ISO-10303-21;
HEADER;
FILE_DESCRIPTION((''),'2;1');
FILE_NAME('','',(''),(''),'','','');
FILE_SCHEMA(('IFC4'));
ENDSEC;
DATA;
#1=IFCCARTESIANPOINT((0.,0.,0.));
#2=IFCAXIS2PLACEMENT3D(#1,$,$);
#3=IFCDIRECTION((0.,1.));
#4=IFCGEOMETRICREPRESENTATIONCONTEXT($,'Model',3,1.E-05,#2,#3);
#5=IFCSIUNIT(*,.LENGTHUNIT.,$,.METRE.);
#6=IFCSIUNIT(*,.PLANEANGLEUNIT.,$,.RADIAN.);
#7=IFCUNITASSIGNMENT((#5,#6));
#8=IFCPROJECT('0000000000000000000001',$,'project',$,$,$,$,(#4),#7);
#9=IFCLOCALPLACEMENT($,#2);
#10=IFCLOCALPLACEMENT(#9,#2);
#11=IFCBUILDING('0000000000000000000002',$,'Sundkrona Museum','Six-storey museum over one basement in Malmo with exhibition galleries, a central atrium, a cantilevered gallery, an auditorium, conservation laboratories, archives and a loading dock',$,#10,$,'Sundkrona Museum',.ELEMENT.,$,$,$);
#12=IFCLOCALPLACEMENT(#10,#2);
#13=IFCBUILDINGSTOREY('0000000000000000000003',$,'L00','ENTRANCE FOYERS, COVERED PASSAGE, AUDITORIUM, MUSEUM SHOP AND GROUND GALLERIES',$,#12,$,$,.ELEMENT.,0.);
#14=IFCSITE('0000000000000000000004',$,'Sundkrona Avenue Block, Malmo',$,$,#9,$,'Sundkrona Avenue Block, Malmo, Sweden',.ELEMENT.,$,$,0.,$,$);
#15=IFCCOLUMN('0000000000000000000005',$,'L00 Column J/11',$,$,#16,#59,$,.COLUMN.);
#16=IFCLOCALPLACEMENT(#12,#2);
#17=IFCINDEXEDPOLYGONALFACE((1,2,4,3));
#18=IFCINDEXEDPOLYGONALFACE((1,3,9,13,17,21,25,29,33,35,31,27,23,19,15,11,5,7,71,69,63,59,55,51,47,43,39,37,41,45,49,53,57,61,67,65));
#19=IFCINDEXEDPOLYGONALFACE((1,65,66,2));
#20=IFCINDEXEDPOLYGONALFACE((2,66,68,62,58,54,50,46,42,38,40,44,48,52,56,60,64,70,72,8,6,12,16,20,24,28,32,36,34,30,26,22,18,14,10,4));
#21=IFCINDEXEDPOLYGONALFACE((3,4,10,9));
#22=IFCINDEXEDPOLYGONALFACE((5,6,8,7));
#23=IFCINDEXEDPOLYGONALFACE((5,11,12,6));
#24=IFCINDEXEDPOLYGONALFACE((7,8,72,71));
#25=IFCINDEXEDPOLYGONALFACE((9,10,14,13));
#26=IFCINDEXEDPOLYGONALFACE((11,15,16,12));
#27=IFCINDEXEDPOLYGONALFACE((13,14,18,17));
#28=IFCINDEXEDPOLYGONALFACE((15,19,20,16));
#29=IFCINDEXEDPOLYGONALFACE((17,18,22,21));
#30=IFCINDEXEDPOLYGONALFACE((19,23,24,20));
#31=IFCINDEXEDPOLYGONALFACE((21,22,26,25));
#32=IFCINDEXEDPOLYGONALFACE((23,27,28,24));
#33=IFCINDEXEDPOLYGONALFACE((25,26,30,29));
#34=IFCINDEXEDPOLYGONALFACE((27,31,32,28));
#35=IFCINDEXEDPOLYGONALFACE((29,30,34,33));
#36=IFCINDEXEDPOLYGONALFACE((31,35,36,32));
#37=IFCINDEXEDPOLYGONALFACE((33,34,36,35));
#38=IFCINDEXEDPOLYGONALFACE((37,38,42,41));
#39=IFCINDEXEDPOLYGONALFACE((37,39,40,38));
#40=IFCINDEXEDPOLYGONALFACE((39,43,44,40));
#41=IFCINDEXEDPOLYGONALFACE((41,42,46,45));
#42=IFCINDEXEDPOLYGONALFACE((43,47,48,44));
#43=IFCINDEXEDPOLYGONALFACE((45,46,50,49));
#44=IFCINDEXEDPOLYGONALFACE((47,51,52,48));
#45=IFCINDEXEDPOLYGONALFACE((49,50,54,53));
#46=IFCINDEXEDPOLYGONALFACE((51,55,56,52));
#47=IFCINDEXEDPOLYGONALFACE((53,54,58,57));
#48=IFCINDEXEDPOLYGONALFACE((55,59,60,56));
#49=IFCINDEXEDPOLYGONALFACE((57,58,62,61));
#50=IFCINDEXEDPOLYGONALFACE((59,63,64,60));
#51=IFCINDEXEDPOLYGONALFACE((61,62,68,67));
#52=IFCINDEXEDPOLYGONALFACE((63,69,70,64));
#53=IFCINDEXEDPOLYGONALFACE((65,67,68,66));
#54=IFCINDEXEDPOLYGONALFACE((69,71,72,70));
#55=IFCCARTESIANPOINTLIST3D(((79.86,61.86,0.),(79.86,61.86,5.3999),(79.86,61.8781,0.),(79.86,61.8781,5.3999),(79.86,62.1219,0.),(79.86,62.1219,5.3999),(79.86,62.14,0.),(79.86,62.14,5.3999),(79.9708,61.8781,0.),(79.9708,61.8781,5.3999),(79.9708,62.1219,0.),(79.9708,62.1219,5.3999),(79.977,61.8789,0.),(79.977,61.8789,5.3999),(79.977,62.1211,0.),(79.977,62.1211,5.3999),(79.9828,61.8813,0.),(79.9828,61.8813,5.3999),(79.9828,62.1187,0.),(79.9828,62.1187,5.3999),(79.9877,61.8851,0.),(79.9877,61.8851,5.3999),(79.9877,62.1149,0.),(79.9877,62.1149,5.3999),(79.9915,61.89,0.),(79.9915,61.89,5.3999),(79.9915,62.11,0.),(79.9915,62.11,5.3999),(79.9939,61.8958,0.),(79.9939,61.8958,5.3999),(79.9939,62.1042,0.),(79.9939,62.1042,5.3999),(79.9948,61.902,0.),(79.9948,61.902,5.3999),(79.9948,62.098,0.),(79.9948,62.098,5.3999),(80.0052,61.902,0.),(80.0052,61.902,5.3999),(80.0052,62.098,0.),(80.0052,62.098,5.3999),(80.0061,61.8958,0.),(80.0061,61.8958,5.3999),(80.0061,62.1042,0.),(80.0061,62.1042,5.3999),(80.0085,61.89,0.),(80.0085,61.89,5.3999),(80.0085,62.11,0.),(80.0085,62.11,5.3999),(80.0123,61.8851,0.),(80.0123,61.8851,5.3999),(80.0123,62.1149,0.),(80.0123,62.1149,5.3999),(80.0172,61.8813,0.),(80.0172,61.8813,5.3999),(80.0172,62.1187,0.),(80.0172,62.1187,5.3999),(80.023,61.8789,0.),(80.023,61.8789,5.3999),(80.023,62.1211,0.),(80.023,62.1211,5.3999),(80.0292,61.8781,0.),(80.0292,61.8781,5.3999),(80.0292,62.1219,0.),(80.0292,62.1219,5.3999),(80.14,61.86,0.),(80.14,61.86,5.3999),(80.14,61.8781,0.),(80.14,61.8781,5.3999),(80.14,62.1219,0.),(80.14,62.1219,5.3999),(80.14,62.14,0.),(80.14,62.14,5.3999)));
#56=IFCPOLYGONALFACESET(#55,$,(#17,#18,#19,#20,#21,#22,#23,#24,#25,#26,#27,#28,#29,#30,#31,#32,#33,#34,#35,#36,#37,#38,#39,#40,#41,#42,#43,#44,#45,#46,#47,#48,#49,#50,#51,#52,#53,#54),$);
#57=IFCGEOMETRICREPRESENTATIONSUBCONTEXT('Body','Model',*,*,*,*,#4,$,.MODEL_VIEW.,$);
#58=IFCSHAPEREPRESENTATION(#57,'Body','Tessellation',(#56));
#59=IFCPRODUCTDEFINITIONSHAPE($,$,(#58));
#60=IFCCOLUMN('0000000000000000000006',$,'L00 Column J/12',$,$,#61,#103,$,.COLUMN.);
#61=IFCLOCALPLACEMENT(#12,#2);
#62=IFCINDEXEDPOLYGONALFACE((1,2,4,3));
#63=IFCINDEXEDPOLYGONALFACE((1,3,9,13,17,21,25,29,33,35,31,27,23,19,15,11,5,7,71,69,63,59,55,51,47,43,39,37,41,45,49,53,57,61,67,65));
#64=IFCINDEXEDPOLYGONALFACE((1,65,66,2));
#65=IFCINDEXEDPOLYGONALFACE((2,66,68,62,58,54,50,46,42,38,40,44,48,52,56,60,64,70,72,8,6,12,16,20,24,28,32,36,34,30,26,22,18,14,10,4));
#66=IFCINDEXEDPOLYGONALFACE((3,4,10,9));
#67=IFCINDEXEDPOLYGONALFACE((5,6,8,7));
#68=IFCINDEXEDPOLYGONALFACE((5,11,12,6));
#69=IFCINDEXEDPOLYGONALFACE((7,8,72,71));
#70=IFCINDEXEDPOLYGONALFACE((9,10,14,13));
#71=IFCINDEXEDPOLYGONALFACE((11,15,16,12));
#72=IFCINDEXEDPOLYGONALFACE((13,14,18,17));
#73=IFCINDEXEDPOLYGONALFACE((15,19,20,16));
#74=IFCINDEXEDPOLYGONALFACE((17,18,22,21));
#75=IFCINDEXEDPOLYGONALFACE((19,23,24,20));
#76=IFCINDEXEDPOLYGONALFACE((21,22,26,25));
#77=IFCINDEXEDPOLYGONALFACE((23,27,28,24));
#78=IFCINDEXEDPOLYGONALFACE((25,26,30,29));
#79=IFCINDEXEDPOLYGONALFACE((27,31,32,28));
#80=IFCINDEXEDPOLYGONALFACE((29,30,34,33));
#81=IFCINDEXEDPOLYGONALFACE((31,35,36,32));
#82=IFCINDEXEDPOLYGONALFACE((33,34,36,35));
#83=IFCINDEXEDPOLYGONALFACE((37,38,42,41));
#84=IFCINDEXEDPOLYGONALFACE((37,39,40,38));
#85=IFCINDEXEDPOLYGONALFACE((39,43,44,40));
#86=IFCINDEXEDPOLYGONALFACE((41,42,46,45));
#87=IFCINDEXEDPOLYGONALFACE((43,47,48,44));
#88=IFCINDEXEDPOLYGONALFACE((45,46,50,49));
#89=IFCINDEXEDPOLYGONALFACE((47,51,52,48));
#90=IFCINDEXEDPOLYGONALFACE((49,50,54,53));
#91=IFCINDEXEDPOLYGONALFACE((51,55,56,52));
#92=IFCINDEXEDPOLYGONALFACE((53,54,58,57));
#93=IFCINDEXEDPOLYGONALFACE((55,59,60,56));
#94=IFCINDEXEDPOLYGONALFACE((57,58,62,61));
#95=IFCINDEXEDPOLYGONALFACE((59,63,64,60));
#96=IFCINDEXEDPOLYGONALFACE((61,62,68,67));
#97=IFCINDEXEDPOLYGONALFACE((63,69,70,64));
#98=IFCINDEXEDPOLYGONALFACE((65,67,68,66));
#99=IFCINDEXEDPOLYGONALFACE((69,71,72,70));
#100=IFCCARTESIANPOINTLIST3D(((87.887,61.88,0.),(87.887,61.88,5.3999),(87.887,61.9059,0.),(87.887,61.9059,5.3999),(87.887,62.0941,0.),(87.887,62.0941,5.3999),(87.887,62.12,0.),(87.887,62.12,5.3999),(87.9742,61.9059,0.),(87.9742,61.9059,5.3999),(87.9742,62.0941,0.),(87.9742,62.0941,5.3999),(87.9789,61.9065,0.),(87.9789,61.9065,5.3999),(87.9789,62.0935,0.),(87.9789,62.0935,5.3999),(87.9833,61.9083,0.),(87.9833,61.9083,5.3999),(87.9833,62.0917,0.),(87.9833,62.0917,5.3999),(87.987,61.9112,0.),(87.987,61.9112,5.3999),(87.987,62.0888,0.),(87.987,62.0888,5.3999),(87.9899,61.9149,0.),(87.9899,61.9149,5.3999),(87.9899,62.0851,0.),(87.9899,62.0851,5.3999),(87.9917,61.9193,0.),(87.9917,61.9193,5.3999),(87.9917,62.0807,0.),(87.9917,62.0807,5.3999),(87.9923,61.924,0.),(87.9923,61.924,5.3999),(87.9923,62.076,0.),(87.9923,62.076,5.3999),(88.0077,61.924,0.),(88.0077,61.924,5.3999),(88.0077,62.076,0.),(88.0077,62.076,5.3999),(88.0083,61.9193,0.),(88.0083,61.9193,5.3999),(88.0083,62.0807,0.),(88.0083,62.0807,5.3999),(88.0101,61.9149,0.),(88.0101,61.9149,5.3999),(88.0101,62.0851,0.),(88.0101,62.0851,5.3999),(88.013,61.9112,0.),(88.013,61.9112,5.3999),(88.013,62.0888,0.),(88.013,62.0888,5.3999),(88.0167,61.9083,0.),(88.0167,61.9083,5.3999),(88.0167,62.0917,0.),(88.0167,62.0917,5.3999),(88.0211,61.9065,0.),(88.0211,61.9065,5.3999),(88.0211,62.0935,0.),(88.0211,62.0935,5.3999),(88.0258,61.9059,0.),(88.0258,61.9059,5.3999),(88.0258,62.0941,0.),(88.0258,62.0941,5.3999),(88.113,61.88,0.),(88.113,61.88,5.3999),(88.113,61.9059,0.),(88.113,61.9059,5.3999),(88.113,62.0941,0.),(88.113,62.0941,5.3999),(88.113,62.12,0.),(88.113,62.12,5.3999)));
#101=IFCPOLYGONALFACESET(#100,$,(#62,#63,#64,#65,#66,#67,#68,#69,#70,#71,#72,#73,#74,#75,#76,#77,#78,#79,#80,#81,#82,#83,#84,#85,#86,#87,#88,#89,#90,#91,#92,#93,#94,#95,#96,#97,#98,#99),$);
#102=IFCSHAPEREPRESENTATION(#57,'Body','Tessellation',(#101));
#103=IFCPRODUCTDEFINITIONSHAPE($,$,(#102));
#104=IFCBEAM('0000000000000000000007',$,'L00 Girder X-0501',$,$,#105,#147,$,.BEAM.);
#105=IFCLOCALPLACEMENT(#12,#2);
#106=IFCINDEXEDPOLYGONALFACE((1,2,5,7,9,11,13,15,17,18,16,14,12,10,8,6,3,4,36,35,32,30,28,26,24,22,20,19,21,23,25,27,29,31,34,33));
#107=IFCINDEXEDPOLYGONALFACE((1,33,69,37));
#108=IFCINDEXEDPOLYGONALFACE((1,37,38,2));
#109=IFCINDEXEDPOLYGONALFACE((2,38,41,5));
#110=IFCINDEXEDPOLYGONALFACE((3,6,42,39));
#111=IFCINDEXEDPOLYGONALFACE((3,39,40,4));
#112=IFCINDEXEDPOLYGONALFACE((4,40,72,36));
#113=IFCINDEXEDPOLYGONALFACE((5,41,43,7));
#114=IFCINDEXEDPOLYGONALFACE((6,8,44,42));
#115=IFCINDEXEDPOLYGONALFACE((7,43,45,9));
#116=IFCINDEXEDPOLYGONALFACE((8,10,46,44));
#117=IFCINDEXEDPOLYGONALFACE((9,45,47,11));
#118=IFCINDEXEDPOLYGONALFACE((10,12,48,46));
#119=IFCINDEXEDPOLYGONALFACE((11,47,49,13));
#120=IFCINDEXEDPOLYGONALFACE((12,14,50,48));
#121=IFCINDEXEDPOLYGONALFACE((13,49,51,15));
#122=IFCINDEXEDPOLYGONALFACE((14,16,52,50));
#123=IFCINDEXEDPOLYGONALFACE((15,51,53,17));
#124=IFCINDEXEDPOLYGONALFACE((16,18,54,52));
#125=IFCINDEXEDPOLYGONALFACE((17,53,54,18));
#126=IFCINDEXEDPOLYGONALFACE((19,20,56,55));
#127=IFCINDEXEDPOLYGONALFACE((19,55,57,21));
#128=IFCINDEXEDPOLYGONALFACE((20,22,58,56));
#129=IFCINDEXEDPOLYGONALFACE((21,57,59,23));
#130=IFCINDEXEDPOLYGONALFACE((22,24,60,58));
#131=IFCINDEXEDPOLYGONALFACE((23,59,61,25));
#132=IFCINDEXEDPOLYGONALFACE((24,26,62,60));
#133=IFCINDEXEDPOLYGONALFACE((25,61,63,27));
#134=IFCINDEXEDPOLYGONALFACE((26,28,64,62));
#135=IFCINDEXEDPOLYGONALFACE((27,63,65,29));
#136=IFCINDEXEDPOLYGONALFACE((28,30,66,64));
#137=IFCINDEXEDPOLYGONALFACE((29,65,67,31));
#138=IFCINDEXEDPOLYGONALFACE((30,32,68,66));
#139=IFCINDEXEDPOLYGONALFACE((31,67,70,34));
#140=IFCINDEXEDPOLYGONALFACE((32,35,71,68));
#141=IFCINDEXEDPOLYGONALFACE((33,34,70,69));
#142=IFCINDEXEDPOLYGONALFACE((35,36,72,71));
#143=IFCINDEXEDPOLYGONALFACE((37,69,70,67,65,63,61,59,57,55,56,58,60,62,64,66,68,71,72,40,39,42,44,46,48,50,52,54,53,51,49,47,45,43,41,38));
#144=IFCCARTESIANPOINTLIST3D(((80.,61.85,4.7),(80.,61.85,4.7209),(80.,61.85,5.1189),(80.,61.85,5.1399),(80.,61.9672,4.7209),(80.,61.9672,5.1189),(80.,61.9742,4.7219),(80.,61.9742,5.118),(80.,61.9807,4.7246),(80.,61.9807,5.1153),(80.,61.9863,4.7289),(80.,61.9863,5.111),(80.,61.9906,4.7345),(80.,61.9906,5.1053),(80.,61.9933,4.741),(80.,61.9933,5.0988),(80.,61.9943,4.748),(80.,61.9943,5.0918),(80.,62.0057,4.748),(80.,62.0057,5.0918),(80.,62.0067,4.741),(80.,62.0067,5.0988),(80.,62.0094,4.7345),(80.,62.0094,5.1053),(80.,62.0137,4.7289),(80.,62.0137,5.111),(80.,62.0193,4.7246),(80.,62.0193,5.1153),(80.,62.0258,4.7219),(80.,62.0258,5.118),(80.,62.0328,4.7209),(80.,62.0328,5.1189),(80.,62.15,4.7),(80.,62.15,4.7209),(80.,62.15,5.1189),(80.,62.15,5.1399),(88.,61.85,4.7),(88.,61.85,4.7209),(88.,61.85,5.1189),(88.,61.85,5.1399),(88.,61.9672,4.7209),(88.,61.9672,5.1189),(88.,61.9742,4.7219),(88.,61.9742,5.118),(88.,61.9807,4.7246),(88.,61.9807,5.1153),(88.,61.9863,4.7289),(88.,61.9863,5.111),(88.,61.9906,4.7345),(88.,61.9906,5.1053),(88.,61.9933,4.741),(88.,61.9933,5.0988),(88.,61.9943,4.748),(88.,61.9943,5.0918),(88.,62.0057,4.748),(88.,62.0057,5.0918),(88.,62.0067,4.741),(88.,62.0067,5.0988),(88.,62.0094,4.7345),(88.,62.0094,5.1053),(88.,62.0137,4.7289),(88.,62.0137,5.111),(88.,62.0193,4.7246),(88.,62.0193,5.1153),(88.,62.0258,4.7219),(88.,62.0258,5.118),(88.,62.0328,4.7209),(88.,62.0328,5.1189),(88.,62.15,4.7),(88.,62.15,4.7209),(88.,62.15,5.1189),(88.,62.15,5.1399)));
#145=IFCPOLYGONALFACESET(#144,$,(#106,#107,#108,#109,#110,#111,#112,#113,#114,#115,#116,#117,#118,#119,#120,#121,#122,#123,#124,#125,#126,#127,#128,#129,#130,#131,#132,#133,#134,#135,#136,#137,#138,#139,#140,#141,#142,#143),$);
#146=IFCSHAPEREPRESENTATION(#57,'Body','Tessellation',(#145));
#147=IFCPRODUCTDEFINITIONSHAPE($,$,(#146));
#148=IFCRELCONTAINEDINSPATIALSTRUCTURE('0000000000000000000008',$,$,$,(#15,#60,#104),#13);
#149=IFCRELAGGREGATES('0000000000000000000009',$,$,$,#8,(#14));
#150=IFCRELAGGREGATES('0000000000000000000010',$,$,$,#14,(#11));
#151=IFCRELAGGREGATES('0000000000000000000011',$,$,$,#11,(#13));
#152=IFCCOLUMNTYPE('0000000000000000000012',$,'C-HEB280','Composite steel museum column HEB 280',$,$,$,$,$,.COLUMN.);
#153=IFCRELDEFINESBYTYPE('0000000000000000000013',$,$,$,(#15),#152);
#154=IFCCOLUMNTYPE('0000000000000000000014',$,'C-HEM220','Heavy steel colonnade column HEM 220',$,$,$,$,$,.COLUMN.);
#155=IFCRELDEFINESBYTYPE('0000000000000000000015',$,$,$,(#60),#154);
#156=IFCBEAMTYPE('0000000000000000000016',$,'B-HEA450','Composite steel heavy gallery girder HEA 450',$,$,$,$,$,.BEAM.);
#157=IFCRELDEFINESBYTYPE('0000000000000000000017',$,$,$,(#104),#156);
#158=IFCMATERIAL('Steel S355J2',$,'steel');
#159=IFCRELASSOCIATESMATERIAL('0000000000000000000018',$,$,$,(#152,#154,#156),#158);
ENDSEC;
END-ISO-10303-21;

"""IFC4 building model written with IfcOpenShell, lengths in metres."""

from ifc_helpers import new_model, si_unit, direction, frame, origin, origin_2d, place, context, subcontext, project, spatial, i_section, extrude, material, material_profile, profile_set, type_object, element, save


model = new_model("IFC4")

# Units and contexts
model_context = context("Model", 3, precision=1e-05, world=origin(), true_north=direction((0.0, 1.0)))
body_context = subcontext(model_context, "Body", "Model", "MODEL_VIEW")
ifc_project = project(units=[si_unit("LENGTHUNIT", "METRE"), si_unit("PLANEANGLEUNIT", "RADIAN")], contexts=[model_context])

# Site, building, storey
site_placement = place(None, origin())
site = spatial("IfcSite", under=ifc_project, at=site_placement, Name="Sundkrona Avenue Block, Malmo", LongName="Sundkrona Avenue Block, Malmo, Sweden", CompositionType="ELEMENT", RefElevation=0.0)
building_placement = place(site_placement, origin())
building = spatial("IfcBuilding", under=site, at=building_placement, Name="Sundkrona Museum", Description="Six-storey museum over one basement in Malmo with exhibition galleries, a central atrium, a cantilevered gallery, an auditorium, conservation laboratories, archives and a loading dock", LongName="Sundkrona Museum", CompositionType="ELEMENT")
storey_placement = place(building_placement, origin())
storey = spatial("IfcBuildingStorey", under=building, at=storey_placement, Name="L00", Description="ENTRANCE FOYERS, COVERED PASSAGE, AUDITORIUM, MUSEUM SHOP AND GROUND GALLERIES", CompositionType="ELEMENT", Elevation=0.0)

# Columns
ifc_material_1 = material(Name="Steel S355J2", Category="steel")
ifc_material_profile_1 = material_profile(ifc_material_1, i_section(OverallWidth=0.28, OverallDepth=0.28, WebThickness=0.0105, FlangeThickness=0.0181, FilletRadius=0.0239, at=origin_2d()), Name="HEB 280")
ifc_profile_set_1 = profile_set([ifc_material_profile_1], Name="Steel S355J2")
column_type_1 = type_object("IfcColumnType", Name="C-HEB280", Description="Composite steel museum column HEB 280", PredefinedType="COLUMN", material=ifc_profile_set_1)
column_1_placement = place(storey_placement, frame((80.0, 62.0, 0.0), z_axis=(0.0, 0.0, 1.0), x_axis=(1.0, 0.0, 0.0)))
element("IfcColumn", 1, at=column_1_placement, inside=storey, type_object=column_type_1, Name="L00 Column J/11", PredefinedType="COLUMN", context=body_context, shape_type="SweptSolid", body=[
    extrude(i_section(OverallWidth=0.28, OverallDepth=0.28, WebThickness=0.0105, FlangeThickness=0.0181, FilletRadius=0.0239, at=origin_2d()), origin(), (0.0, 0.0, 1.0), 5.3999),
])
ifc_material_profile_2 = material_profile(ifc_material_1, i_section(OverallWidth=0.2261, OverallDepth=0.24, WebThickness=0.0154, FlangeThickness=0.0259, FilletRadius=0.0181, at=origin_2d()), Name="HEM 220")
ifc_profile_set_2 = profile_set([ifc_material_profile_2], Name="Steel S355J2")
column_type_2 = type_object("IfcColumnType", Name="C-HEM220", Description="Heavy steel colonnade column HEM 220", PredefinedType="COLUMN", material=ifc_profile_set_2)
column_2_placement = place(storey_placement, frame((88.0, 62.0, 0.0), z_axis=(0.0, 0.0, 1.0), x_axis=(1.0, 0.0, 0.0)))
element("IfcColumn", 2, at=column_2_placement, inside=storey, type_object=column_type_2, Name="L00 Column J/12", PredefinedType="COLUMN", context=body_context, shape_type="SweptSolid", body=[
    extrude(i_section(OverallWidth=0.2261, OverallDepth=0.24, WebThickness=0.0154, FlangeThickness=0.0259, FilletRadius=0.0181, at=origin_2d()), origin(), (0.0, 0.0, 1.0), 5.3999),
])

# Beam
ifc_material_profile_3 = material_profile(ifc_material_1, i_section(OverallWidth=0.3, OverallDepth=0.4399, WebThickness=0.0115, FlangeThickness=0.021, FilletRadius=0.0271, at=origin_2d()), Name="HEA 450")
ifc_profile_set_3 = profile_set([ifc_material_profile_3], Name="Steel S355J2")
beam_type_1 = type_object("IfcBeamType", Name="B-HEA450", Description="Composite steel heavy gallery girder HEA 450", PredefinedType="BEAM", material=ifc_profile_set_3)
beam_1_placement = place(storey_placement, frame((80.0, 62.0, 4.9199), z_axis=(1.0, 0.0, 0.0), x_axis=(0.0, 1.0, 0.0)))
element("IfcBeam", 3, at=beam_1_placement, inside=storey, type_object=beam_type_1, Name="L00 Girder X-0501", PredefinedType="BEAM", context=body_context, shape_type="SweptSolid", body=[
    extrude(i_section(OverallWidth=0.3, OverallDepth=0.4399, WebThickness=0.0115, FlangeThickness=0.021, FilletRadius=0.0271, at=origin_2d()), origin(), (0.0, 0.0, 1.0), 8.0),
])

save(model, "model.ifc")
